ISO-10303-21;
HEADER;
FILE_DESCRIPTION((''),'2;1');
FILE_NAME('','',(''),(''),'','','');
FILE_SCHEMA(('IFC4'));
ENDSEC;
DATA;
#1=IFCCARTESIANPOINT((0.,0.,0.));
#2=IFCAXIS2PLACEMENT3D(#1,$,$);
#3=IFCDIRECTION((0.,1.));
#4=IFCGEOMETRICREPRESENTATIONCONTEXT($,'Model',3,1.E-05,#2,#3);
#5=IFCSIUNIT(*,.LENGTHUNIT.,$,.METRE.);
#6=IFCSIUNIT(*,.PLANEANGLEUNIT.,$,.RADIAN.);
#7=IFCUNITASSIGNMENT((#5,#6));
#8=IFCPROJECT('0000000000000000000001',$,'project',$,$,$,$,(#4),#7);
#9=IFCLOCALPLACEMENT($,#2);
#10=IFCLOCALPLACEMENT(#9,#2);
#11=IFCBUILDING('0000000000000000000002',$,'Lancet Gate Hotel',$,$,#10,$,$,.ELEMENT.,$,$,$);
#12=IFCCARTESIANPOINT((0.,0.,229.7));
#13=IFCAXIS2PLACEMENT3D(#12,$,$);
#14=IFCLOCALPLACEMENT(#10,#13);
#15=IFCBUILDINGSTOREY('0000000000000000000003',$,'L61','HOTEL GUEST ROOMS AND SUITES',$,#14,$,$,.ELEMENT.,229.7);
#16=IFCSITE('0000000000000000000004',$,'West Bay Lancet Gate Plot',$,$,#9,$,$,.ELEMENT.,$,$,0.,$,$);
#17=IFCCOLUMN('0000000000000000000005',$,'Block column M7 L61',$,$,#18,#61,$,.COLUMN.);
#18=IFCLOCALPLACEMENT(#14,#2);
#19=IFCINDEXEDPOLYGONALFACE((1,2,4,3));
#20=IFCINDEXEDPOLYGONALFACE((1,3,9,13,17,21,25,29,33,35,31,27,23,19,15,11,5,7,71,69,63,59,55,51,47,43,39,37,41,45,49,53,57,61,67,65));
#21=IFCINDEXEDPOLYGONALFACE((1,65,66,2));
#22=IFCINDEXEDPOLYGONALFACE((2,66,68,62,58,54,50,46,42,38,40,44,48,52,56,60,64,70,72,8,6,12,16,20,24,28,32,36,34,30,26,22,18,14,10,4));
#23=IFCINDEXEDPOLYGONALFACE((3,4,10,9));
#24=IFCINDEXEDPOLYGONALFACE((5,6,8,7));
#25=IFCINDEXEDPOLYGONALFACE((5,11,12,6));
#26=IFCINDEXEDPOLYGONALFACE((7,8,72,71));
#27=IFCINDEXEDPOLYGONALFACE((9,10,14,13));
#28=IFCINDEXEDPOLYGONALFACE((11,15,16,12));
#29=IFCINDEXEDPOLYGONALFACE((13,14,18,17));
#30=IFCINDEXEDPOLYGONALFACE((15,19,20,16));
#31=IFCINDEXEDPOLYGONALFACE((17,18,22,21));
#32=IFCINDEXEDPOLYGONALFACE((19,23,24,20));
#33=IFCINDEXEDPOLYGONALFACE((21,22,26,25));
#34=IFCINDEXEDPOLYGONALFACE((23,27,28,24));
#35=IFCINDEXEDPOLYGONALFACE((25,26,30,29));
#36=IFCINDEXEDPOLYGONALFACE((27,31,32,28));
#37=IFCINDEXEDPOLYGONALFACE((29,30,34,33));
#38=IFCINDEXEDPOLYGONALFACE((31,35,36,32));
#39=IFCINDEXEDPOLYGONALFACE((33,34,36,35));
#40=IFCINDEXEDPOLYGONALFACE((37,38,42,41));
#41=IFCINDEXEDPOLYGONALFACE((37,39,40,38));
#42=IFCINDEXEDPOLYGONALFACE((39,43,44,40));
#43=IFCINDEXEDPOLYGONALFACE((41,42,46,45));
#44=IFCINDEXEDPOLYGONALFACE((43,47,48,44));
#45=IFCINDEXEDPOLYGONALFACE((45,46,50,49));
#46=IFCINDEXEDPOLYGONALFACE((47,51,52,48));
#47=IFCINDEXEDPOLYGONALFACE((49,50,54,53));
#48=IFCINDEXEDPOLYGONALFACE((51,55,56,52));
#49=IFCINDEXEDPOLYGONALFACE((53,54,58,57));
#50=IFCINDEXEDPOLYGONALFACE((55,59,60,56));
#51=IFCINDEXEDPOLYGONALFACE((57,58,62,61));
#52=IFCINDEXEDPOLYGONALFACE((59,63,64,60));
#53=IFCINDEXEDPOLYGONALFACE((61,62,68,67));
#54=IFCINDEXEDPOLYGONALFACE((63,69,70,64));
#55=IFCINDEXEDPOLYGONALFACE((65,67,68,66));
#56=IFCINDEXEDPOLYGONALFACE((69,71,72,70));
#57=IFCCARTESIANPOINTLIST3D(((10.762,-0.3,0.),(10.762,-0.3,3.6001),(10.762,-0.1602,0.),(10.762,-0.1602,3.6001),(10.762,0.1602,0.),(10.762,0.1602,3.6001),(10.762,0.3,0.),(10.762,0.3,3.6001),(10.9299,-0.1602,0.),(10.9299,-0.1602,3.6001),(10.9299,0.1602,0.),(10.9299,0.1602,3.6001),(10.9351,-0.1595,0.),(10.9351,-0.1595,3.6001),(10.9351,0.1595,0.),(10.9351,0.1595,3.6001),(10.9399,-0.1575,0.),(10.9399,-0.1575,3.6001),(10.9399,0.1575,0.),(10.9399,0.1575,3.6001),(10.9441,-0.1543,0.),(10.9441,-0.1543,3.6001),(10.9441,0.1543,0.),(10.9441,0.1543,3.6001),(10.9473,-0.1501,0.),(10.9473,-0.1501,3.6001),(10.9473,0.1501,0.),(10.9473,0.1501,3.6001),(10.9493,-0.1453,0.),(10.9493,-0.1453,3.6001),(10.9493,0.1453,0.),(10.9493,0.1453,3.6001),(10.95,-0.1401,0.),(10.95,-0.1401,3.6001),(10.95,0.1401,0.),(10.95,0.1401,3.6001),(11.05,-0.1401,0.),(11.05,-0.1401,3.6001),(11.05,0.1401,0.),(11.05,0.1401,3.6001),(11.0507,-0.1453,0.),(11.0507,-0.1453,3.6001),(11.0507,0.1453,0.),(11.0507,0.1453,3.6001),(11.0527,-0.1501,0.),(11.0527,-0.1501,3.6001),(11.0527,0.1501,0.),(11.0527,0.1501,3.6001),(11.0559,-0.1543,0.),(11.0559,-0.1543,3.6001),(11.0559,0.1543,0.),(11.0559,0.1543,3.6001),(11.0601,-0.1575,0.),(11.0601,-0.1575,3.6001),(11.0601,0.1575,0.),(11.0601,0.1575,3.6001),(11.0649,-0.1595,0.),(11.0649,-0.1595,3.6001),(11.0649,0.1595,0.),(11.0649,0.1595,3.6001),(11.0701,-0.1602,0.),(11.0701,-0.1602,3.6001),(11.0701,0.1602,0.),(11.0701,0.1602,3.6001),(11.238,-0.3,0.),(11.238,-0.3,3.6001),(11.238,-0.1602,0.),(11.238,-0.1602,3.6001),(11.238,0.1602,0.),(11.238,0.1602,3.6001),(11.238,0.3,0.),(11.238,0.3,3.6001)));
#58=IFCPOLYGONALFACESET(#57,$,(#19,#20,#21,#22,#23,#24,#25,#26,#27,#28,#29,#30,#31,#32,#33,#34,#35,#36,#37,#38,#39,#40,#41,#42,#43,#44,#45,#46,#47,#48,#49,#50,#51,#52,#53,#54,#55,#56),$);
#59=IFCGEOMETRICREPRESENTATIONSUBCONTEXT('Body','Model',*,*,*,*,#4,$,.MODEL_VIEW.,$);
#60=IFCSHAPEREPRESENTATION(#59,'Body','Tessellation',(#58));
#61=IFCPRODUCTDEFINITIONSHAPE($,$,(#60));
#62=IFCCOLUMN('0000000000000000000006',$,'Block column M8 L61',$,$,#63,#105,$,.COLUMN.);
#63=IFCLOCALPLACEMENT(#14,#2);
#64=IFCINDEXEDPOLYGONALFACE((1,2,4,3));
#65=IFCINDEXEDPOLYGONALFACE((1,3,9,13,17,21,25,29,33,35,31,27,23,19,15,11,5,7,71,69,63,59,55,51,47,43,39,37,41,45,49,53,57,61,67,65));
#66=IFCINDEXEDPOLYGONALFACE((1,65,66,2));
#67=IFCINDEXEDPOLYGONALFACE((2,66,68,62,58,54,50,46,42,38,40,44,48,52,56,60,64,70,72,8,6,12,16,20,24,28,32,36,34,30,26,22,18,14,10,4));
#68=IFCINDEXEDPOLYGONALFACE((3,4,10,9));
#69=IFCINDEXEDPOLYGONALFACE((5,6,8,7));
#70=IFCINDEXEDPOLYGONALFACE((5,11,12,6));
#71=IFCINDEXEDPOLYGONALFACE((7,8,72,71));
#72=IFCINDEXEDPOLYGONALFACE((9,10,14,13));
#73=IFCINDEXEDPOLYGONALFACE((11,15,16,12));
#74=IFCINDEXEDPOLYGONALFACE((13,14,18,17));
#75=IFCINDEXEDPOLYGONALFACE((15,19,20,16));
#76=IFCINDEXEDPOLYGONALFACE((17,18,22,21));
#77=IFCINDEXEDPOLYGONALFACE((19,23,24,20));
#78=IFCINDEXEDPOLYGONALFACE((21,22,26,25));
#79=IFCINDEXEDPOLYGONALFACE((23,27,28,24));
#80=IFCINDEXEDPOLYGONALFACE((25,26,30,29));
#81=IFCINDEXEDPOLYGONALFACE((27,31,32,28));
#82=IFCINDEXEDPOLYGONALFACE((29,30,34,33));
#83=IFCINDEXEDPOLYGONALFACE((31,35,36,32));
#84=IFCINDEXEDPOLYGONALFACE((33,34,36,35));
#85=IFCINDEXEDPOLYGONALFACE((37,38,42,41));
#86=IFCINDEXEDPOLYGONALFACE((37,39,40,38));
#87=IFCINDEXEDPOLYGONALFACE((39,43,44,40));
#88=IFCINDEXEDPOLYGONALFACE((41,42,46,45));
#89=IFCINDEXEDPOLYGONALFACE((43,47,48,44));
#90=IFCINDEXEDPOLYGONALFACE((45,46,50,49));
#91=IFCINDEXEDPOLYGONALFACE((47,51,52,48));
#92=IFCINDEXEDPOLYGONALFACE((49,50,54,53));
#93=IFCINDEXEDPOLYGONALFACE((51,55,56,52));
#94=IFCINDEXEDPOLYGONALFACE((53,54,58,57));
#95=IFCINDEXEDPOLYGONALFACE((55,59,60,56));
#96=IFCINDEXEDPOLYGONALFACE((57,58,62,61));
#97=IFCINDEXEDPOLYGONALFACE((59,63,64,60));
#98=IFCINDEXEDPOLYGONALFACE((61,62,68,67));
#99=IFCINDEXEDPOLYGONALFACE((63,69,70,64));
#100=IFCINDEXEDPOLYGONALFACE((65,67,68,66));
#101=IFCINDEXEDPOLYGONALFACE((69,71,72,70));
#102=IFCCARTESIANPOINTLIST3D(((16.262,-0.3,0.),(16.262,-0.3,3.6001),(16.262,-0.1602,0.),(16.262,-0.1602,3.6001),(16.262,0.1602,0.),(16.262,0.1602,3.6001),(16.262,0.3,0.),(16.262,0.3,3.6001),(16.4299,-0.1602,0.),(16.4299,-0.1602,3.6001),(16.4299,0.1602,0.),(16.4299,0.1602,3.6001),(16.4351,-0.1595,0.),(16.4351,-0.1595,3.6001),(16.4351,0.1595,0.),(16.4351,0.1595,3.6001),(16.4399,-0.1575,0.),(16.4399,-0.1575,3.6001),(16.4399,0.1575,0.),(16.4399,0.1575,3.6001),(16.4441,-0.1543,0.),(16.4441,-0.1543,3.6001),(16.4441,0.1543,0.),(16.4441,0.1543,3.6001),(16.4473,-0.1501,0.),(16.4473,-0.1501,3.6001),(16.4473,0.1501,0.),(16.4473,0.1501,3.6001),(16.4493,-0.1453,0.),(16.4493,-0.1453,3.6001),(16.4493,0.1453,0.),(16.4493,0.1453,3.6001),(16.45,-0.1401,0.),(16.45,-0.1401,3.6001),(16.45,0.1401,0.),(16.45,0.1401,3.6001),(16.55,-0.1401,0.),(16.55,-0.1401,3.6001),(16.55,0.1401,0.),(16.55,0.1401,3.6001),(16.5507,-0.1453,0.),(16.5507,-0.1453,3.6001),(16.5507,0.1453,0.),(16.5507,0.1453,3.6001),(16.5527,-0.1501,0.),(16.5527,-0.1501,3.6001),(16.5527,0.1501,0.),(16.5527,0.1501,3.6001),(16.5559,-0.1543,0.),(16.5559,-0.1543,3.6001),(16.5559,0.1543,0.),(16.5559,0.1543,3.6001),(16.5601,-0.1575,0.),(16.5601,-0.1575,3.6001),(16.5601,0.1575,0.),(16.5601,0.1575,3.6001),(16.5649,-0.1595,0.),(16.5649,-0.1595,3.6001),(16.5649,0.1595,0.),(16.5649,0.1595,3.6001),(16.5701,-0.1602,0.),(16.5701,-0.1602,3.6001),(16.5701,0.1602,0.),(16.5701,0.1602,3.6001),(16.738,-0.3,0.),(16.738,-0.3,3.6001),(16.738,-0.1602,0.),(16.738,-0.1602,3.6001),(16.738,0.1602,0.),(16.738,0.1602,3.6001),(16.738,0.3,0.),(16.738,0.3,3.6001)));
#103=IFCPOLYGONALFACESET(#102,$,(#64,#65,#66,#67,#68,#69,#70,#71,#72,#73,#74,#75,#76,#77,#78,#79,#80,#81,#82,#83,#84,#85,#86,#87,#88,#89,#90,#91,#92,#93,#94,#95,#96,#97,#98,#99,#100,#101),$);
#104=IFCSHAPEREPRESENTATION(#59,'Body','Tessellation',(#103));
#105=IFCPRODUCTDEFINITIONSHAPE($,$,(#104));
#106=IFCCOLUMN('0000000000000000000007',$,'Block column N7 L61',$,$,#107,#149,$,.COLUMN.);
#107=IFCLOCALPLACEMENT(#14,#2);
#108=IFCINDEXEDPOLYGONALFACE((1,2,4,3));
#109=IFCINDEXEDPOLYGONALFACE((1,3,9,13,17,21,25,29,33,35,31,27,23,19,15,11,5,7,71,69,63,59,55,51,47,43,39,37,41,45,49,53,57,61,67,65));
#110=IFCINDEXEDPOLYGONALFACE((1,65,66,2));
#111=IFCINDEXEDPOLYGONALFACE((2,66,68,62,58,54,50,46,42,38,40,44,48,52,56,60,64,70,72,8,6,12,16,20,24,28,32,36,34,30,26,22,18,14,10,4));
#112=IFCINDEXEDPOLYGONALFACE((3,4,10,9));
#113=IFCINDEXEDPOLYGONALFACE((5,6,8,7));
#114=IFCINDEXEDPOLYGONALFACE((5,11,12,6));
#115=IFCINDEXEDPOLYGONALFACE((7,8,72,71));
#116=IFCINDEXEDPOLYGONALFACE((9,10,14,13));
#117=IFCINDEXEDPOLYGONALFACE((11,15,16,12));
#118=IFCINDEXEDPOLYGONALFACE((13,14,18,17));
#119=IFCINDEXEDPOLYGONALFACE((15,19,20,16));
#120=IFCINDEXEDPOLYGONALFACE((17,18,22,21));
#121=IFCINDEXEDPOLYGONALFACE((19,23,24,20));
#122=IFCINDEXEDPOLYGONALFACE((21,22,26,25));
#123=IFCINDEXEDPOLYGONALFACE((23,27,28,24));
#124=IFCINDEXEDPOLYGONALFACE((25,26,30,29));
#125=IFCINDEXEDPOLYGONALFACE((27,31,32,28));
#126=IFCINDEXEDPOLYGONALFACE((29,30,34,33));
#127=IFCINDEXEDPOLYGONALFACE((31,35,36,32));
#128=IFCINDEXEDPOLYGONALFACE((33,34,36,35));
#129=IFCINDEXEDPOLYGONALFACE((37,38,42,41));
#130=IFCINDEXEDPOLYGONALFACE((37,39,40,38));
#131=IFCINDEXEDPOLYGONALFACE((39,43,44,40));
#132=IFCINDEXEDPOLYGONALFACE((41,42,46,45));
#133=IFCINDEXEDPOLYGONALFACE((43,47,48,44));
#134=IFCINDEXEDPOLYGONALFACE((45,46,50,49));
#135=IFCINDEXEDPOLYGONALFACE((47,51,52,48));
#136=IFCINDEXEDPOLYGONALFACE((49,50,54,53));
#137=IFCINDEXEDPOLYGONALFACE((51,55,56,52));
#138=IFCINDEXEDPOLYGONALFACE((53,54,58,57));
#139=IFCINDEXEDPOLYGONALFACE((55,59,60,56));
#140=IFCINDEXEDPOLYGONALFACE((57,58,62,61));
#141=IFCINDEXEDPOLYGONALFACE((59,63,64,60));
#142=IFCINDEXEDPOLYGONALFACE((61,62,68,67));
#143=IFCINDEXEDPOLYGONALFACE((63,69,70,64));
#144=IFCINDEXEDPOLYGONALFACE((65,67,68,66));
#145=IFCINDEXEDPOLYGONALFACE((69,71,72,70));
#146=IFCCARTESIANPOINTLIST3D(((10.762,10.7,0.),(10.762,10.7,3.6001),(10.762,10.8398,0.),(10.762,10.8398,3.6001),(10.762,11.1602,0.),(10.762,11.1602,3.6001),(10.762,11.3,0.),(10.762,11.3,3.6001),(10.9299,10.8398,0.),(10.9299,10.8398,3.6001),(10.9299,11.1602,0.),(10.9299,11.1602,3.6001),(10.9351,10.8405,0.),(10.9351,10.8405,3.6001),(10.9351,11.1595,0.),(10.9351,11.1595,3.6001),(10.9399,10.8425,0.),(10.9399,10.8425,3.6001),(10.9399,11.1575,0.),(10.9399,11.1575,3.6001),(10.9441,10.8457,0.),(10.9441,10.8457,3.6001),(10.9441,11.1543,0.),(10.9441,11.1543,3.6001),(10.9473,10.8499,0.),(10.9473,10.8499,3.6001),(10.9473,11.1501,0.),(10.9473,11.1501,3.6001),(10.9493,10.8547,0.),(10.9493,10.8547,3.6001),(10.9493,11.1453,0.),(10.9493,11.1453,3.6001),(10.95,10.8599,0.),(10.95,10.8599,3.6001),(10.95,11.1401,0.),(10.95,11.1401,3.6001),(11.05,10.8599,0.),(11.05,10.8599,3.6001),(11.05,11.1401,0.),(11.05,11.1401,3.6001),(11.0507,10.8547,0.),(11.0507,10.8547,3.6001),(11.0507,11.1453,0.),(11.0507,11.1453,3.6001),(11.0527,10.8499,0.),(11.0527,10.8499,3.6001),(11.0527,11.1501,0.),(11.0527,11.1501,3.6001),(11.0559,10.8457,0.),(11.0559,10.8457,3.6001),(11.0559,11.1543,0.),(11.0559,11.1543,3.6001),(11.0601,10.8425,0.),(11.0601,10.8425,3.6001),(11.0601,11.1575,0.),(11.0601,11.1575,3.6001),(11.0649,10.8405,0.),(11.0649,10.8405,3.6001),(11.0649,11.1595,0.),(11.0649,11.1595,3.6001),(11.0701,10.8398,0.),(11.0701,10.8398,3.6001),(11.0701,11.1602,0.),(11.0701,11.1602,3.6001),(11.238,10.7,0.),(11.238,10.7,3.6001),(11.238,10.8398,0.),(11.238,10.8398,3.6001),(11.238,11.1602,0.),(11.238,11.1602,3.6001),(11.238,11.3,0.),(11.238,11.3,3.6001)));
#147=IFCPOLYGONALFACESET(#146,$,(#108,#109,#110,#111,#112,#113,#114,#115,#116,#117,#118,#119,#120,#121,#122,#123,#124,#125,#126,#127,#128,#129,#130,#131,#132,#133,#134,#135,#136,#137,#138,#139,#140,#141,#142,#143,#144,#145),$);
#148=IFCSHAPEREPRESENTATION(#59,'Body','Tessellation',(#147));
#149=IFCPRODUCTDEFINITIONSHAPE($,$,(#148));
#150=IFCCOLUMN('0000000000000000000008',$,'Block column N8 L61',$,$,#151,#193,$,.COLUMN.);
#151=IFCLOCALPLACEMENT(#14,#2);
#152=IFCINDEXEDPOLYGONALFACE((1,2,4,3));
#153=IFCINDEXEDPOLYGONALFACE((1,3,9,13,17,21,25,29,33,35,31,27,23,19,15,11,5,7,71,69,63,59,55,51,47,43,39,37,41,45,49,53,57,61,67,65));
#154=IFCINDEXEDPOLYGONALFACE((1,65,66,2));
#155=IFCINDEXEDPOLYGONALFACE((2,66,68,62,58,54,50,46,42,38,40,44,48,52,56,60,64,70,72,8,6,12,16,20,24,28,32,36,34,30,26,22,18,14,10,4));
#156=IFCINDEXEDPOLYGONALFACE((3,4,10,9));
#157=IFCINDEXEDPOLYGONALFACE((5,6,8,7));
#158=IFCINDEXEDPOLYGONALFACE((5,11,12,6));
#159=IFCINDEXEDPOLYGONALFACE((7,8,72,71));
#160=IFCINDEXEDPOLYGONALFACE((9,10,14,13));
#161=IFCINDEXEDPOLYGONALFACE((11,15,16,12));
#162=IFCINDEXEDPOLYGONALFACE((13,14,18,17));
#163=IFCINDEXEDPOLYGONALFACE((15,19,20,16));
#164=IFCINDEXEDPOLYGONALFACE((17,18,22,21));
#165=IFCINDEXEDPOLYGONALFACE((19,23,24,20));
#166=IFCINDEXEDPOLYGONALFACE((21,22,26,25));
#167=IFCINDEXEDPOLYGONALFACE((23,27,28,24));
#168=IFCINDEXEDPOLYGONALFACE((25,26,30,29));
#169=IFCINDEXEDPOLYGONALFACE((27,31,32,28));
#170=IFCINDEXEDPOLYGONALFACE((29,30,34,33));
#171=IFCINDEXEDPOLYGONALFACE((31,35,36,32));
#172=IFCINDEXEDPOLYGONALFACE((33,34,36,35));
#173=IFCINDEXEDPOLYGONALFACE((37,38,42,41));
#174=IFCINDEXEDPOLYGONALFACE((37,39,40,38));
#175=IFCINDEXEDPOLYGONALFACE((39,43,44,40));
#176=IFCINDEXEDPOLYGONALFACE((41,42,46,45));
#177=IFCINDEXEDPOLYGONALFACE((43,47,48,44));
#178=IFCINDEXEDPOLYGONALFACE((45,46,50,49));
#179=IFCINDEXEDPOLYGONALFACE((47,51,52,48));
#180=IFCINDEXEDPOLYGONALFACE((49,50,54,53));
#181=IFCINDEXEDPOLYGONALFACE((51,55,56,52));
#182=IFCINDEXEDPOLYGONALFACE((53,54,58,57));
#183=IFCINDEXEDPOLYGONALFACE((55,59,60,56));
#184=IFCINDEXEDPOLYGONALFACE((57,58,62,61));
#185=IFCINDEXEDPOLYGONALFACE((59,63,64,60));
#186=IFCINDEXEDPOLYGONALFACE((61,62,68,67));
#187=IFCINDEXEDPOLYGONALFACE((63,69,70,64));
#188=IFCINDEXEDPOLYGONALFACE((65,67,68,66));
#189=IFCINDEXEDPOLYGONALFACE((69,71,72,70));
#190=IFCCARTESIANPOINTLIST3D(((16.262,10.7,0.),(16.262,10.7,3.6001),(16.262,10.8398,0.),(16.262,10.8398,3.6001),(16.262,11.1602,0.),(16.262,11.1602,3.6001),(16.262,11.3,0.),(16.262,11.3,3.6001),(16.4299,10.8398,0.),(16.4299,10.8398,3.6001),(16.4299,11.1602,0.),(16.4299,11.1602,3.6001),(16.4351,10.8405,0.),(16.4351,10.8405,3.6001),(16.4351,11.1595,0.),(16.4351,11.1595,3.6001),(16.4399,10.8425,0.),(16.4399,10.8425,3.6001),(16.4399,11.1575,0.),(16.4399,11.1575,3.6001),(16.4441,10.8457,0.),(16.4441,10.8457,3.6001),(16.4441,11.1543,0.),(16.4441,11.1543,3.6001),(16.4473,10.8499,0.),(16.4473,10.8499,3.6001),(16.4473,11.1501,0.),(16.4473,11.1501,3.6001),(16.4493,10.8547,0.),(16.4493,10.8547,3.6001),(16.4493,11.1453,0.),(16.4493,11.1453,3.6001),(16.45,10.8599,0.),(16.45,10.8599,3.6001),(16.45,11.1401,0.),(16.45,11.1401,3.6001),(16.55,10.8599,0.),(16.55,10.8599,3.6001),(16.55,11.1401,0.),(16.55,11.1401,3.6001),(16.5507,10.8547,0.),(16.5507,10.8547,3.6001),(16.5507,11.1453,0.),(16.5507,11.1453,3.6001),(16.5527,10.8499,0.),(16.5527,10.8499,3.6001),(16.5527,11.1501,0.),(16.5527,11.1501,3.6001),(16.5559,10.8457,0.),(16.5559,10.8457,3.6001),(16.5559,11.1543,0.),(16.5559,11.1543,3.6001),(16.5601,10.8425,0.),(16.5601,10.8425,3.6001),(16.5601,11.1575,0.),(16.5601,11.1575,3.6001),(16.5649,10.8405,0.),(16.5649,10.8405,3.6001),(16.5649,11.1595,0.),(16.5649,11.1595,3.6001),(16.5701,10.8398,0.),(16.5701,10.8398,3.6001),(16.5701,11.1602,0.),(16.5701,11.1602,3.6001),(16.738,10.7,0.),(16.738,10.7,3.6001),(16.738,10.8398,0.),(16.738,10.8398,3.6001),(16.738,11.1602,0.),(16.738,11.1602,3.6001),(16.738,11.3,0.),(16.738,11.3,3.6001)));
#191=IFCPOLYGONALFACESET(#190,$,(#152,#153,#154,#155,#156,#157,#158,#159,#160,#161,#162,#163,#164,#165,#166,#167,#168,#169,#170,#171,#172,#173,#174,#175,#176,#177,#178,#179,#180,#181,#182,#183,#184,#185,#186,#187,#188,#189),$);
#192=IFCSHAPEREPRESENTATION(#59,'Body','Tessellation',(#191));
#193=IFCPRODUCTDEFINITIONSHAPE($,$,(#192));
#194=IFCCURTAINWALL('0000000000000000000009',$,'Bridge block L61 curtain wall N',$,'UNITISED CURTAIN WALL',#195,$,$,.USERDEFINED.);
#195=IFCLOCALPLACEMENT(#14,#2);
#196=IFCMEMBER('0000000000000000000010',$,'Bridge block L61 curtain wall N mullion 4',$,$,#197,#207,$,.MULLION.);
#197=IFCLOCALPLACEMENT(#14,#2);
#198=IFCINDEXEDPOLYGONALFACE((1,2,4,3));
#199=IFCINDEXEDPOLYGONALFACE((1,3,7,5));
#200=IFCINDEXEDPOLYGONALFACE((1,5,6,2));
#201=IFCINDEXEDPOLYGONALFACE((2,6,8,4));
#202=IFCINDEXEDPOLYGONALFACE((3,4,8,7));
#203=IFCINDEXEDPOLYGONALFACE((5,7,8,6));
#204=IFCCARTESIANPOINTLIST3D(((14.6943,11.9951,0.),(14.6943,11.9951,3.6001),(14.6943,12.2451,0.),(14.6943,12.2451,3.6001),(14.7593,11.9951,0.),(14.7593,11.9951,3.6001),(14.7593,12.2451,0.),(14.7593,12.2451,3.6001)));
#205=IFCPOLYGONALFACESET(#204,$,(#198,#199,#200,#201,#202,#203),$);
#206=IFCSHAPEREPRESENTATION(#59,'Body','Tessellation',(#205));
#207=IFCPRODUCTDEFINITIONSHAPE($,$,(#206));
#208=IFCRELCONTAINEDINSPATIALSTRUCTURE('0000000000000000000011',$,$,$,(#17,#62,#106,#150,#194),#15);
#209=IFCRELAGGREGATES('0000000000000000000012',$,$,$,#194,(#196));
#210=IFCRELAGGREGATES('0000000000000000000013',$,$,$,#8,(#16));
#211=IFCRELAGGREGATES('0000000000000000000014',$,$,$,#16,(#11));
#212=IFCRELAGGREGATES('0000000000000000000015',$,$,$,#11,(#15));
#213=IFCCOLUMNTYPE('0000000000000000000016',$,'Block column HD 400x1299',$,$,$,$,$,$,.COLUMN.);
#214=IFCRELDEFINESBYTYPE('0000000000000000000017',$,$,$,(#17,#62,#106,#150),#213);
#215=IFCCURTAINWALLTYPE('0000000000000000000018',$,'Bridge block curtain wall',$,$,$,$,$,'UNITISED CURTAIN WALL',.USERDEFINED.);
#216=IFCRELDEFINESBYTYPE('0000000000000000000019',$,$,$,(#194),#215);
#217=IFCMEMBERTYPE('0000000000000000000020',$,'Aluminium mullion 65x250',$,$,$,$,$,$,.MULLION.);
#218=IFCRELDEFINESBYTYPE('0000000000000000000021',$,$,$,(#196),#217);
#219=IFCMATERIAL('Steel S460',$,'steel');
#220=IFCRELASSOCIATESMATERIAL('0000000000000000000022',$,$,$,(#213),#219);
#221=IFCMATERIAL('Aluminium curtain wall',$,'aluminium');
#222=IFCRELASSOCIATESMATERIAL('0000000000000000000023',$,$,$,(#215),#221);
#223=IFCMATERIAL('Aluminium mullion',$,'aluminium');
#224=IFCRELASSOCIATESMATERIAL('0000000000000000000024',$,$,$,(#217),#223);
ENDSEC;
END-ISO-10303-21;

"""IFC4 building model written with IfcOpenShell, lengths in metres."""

from ifc_helpers import new_model, si_unit, direction, frame, origin, origin_2d, place, context, subcontext, project, spatial, rectangle, i_section, extrude, material, material_profile, profile_set, type_object, element, aggregate, save


model = new_model("IFC4")

# Units and contexts
model_context = context("Model", 3, precision=1e-05, world=origin(), true_north=direction((0.0, 1.0)))
body_context = subcontext(model_context, "Body", "Model", "MODEL_VIEW")
ifc_project = project(units=[si_unit("LENGTHUNIT", "METRE"), si_unit("PLANEANGLEUNIT", "RADIAN")], contexts=[model_context])

# Site, building, storey
site_placement = place(None, origin())
site = spatial("IfcSite", under=ifc_project, at=site_placement, Name="West Bay Lancet Gate Plot", CompositionType="ELEMENT", RefElevation=0.0)
building_placement = place(site_placement, origin())
building = spatial("IfcBuilding", under=site, at=building_placement, Name="Lancet Gate Hotel", CompositionType="ELEMENT")
storey_placement = place(building_placement, frame((0.0, 0.0, 229.7)))
storey = spatial("IfcBuildingStorey", under=building, at=storey_placement, Name="L61", Description="HOTEL GUEST ROOMS AND SUITES", CompositionType="ELEMENT", Elevation=229.7)

# Columns
ifc_material_1 = material(Name="Steel S460", Category="steel")
ifc_material_profile_1 = material_profile(ifc_material_1, i_section(OverallWidth=0.4761, OverallDepth=0.6001, WebThickness=0.1001, FlangeThickness=0.1399, FilletRadius=0.02, at=origin_2d()), Name="HD 400x1299")
ifc_profile_set_1 = profile_set([ifc_material_profile_1], Name="Steel S460")
column_type = type_object("IfcColumnType", Name="Block column HD 400x1299", PredefinedType="COLUMN", material=ifc_profile_set_1)
for number, where, z_axis, x_axis, name in (
    (1, (11.0, 0.0, 0.0), (0.0, 0.0, 1.0), (1.0, 0.0, 0.0), "Block column M7 L61"),
    (2, (16.5, 0.0, 0.0), (0.0, 0.0, 1.0), (1.0, 0.0, 0.0), "Block column M8 L61"),
    (3, (11.0, 11.0, 0.0), (0.0, 0.0, 1.0), (1.0, 0.0, 0.0), "Block column N7 L61"),
    (4, (16.5, 11.0, 0.0), (0.0, 0.0, 1.0), (1.0, 0.0, 0.0), "Block column N8 L61"),
):
    element("IfcColumn", number, at=place(storey_placement, frame(where, z_axis=z_axis, x_axis=x_axis)), inside=storey, type_object=column_type, Name=name, PredefinedType="COLUMN", context=body_context, shape_type="SweptSolid", body=[
        extrude(i_section(OverallWidth=0.4761, OverallDepth=0.6001, WebThickness=0.1001, FlangeThickness=0.1399, FilletRadius=0.02, at=origin_2d()), origin(), (0.0, 0.0, 1.0), 3.6001),
    ])

# Curtain wall, member
ifc_material_2 = material(Name="Aluminium curtain wall", Category="aluminium")
curtain_wall_type = type_object("IfcCurtainWallType", Name="Bridge block curtain wall", ElementType="UNITISED CURTAIN WALL", PredefinedType="USERDEFINED", material=ifc_material_2)
curtain_wall_placement = place(storey_placement, origin())
curtain_wall = element("IfcCurtainWall", 5, at=curtain_wall_placement, inside=storey, type_object=curtain_wall_type, Name="Bridge block L61 curtain wall N", ObjectType="UNITISED CURTAIN WALL", PredefinedType="USERDEFINED")
ifc_material_3 = material(Name="Aluminium mullion", Category="aluminium")
ifc_material_profile_2 = material_profile(ifc_material_3, rectangle(XDim=0.0649, YDim=0.25, at=origin_2d()), Name="MULLION 65x250")
ifc_profile_set_2 = profile_set([ifc_material_profile_2], Name="Aluminium mullion")
member_type_1 = type_object("IfcMemberType", Name="Aluminium mullion 65x250", PredefinedType="MULLION", material=ifc_profile_set_2)
member_1_placement = place(storey_placement, frame((14.7268, 12.1201, 0.0), z_axis=(0.0, 0.0, 1.0), x_axis=(-1.0, 0.0, 0.0)))
member_1 = element("IfcMember", 6, at=member_1_placement, type_object=member_type_1, Name="Bridge block L61 curtain wall N mullion 4", PredefinedType="MULLION", context=body_context, shape_type="SweptSolid", body=[
    extrude(rectangle(XDim=0.0649, YDim=0.25, at=origin_2d()), origin(), (0.0, 0.0, 1.0), 3.6001),
])

aggregate(curtain_wall, [member_1])

save(model, "model.ifc")
